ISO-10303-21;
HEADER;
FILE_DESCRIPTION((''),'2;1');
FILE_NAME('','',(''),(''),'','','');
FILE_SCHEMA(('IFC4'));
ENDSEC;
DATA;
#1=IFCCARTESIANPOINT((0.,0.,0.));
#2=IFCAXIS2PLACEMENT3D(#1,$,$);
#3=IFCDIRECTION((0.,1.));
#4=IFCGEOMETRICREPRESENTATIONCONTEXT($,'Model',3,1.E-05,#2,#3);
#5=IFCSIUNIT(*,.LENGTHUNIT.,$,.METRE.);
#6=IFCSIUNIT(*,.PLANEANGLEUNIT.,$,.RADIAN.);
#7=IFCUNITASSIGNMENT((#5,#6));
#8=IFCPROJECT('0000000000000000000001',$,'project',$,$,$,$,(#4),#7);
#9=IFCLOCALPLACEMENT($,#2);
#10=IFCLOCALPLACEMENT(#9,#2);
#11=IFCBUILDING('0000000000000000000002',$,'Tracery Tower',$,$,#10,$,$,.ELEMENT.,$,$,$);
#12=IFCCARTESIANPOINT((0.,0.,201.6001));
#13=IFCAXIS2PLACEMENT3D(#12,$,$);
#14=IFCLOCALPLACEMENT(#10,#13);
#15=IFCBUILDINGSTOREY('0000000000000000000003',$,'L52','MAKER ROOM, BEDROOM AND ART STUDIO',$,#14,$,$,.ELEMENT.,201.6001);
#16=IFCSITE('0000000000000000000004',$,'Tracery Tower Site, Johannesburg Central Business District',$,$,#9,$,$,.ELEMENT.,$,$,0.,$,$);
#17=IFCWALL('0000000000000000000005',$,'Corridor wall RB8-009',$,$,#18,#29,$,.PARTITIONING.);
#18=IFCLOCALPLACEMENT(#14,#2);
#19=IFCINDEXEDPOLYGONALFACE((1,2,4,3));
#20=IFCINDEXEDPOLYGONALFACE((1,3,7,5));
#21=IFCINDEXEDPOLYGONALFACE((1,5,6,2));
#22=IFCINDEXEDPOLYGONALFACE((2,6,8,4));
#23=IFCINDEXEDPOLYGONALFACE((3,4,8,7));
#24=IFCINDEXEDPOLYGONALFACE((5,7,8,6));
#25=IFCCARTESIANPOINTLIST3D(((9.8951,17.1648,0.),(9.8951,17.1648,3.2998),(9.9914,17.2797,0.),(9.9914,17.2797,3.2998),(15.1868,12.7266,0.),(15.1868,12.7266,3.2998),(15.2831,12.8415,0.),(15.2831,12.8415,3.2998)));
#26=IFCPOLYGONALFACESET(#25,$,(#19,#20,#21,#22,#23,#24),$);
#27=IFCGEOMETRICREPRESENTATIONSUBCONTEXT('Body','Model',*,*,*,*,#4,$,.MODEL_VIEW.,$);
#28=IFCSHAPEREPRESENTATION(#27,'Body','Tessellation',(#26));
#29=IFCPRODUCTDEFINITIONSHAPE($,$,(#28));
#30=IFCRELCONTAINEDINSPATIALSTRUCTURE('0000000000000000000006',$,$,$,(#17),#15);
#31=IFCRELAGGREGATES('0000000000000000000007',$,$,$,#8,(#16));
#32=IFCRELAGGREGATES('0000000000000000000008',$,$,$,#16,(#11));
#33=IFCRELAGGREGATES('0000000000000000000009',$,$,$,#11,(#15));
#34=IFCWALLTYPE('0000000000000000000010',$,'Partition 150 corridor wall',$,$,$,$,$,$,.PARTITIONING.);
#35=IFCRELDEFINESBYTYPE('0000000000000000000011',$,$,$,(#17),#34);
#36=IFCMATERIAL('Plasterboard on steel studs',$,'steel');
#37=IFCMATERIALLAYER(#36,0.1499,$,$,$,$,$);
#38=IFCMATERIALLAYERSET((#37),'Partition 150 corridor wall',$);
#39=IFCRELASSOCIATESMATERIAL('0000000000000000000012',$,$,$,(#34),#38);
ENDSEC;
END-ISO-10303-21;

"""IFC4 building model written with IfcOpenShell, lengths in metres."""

from ifc_helpers import new_model, si_unit, direction, frame, frame_2d, origin, place, context, subcontext, project, spatial, rectangle, extrude, material, layer, layer_set, type_object, element, save


model = new_model("IFC4")

# Units and contexts
model_context = context("Model", 3, precision=1e-05, world=origin(), true_north=direction((0.0, 1.0)))
body_context = subcontext(model_context, "Body", "Model", "MODEL_VIEW")
ifc_project = project(units=[si_unit("LENGTHUNIT", "METRE"), si_unit("PLANEANGLEUNIT", "RADIAN")], contexts=[model_context])

# Site, building, storey
site_placement = place(None, origin())
site = spatial("IfcSite", under=ifc_project, at=site_placement, Name="Tracery Tower Site, Johannesburg Central Business District", CompositionType="ELEMENT", RefElevation=0.0)
building_placement = place(site_placement, origin())
building = spatial("IfcBuilding", under=site, at=building_placement, Name="Tracery Tower", CompositionType="ELEMENT")
storey_placement = place(building_placement, frame((0.0, 0.0, 201.6001)))
storey = spatial("IfcBuildingStorey", under=building, at=storey_placement, Name="L52", Description="MAKER ROOM, BEDROOM AND ART STUDIO", CompositionType="ELEMENT", Elevation=201.6001)

# Shared definitions
ifc_material_1 = material(Name="Plasterboard on steel studs", Category="steel")
ifc_layer_1 = layer(ifc_material_1, 0.1499)
ifc_layer_set_1 = layer_set([ifc_layer_1], Name="Partition 150 corridor wall")
wall_type_1 = type_object("IfcWallType", Name="Partition 150 corridor wall", PredefinedType="PARTITIONING", material=ifc_layer_set_1)

# Wall
wall_1_placement = place(storey_placement, frame((9.9434, 17.2222, 0.0), z_axis=(0.0, 0.0, 1.0), x_axis=(0.766192, -0.642612, 0.0)))
element("IfcWall", 1, at=wall_1_placement, inside=storey, type_object=wall_type_1, Name="Corridor wall RB8-009", PredefinedType="PARTITIONING", context=body_context, shape_type="SweptSolid", body=[
    extrude(rectangle(XDim=6.9065, YDim=0.1499, at=frame_2d((3.4531, 0.0))), origin(), (0.0, 0.0, 1.0), 3.2998),
])

save(model, "model.ifc")
